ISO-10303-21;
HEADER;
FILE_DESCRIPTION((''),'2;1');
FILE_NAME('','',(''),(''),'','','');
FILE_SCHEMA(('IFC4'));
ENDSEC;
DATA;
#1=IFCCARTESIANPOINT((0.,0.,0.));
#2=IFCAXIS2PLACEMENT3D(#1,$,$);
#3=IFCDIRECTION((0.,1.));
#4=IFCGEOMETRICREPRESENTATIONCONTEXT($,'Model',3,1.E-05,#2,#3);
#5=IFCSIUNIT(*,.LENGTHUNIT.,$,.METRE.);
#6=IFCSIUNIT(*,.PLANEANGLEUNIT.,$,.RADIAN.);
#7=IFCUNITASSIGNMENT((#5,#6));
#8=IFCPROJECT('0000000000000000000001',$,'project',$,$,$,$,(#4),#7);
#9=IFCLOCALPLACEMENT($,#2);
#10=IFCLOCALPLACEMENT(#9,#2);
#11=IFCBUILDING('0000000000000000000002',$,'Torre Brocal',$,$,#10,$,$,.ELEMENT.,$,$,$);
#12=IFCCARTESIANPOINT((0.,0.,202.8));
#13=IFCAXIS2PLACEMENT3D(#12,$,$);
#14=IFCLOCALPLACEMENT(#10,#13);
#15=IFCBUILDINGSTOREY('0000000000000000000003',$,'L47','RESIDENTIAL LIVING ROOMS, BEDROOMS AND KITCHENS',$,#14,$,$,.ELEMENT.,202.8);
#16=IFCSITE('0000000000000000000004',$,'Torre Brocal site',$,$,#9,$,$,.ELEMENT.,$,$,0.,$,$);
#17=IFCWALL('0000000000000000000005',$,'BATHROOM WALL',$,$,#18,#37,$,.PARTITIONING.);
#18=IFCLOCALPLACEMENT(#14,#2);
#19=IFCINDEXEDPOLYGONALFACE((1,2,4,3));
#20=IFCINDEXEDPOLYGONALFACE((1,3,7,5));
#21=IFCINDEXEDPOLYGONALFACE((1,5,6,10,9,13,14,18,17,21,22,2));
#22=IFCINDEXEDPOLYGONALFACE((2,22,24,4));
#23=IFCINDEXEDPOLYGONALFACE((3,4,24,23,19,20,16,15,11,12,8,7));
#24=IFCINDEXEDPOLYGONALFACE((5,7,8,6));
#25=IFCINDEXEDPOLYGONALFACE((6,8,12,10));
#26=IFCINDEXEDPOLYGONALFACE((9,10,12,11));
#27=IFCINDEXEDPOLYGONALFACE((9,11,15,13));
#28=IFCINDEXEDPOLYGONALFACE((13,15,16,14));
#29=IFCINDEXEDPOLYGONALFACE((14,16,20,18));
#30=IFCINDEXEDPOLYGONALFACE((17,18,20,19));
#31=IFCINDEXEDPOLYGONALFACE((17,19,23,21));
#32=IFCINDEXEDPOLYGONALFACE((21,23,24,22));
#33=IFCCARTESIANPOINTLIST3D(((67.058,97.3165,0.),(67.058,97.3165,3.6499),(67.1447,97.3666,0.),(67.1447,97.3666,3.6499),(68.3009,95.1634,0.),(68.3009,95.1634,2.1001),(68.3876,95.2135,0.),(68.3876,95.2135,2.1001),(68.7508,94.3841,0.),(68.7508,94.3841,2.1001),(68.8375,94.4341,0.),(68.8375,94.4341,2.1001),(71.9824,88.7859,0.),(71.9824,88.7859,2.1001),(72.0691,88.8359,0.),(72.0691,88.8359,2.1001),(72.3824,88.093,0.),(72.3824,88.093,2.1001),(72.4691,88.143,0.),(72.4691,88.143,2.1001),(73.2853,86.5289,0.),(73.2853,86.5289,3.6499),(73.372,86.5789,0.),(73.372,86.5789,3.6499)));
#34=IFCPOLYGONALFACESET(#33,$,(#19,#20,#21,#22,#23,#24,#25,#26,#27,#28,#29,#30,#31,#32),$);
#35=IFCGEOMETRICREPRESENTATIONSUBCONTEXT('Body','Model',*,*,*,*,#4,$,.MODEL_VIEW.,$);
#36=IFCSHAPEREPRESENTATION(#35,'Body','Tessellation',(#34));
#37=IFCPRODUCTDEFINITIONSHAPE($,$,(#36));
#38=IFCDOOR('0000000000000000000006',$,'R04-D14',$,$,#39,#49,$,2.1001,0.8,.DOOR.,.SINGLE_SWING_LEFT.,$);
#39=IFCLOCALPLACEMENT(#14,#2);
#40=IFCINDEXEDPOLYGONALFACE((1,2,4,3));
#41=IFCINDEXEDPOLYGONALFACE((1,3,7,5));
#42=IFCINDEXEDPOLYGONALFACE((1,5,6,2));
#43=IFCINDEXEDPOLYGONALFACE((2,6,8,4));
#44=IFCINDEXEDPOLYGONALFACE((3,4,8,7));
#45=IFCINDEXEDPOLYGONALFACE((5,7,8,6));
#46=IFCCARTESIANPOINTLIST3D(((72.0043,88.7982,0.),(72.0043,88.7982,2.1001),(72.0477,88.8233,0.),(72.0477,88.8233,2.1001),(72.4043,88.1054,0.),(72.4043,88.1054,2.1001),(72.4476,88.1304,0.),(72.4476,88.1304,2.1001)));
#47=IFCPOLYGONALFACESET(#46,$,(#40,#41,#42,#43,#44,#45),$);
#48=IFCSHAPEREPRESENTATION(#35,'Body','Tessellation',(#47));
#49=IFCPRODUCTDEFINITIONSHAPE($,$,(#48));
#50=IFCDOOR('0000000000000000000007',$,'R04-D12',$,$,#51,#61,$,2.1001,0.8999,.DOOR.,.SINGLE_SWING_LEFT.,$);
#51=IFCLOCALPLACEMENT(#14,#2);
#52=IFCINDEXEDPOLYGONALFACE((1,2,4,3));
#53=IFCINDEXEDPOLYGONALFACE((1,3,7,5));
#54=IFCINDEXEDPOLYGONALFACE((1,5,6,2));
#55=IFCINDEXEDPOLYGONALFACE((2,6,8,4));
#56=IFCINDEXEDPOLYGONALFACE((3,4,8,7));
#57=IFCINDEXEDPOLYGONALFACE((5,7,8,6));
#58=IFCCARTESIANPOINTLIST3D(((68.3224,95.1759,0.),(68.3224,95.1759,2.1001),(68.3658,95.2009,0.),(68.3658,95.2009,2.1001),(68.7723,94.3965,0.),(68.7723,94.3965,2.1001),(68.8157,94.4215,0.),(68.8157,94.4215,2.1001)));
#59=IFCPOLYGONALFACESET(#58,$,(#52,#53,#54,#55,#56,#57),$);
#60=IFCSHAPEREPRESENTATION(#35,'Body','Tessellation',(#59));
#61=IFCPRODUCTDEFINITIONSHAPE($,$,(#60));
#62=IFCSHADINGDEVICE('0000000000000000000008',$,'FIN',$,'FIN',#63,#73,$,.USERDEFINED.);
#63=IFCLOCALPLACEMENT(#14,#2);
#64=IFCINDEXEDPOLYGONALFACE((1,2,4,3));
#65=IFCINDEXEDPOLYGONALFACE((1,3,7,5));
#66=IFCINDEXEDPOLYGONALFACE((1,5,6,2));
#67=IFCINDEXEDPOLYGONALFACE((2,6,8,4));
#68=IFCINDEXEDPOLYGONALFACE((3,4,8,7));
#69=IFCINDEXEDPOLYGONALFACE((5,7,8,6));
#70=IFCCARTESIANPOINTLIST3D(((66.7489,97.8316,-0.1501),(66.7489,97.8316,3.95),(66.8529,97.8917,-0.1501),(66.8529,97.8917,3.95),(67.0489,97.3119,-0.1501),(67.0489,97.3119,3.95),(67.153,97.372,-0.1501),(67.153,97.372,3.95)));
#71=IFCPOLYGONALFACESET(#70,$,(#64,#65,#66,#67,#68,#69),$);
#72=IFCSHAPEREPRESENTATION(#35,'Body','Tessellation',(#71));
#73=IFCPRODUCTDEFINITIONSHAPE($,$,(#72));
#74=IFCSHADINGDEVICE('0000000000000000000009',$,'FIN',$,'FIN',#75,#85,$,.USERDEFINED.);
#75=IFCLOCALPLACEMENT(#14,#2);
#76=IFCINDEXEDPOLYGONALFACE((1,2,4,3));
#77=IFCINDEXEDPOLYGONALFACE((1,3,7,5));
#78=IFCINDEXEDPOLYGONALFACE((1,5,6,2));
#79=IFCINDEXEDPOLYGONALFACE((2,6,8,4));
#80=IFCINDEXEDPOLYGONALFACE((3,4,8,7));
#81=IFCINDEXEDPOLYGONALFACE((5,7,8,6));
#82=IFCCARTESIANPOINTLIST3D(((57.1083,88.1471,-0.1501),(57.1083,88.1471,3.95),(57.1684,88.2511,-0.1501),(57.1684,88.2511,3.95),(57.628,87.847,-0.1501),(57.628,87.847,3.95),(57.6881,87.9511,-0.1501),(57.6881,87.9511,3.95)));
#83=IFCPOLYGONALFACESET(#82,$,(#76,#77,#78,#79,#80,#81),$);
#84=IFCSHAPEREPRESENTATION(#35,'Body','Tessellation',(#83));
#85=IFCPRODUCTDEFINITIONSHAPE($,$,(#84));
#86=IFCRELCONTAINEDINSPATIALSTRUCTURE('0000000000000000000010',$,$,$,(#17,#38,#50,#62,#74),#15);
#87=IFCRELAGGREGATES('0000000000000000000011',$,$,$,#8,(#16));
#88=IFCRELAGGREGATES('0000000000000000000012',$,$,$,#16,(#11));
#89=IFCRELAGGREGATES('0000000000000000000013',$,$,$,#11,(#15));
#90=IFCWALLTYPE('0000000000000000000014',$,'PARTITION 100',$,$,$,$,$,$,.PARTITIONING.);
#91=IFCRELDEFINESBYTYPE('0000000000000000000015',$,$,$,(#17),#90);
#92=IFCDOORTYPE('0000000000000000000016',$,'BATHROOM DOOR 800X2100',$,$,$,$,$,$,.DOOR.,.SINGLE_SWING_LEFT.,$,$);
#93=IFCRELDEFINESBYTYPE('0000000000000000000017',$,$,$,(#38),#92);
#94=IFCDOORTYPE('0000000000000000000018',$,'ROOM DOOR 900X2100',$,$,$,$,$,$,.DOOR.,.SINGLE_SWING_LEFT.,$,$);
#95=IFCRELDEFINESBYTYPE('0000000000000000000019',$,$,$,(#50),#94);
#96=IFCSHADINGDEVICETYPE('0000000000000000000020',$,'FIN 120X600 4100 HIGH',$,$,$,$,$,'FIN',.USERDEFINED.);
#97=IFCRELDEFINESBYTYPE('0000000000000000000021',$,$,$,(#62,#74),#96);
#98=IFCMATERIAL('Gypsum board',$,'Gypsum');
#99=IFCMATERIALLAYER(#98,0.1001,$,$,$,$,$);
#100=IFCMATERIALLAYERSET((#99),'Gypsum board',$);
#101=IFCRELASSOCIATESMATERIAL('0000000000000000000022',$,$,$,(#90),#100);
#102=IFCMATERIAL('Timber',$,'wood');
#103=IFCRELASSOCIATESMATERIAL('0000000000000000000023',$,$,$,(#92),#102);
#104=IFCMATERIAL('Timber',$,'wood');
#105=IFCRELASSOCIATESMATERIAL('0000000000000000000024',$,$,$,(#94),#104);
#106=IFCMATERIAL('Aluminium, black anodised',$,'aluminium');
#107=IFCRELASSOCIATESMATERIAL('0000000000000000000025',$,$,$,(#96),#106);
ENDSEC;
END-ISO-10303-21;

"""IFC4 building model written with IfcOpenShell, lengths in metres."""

from ifc_helpers import new_model, si_unit, direction, frame, frame_2d, origin, origin_2d, place, context, subcontext, project, spatial, rectangle, extrude, material, layer, layer_set, material_profile, profile_set, type_object, element, fill, save


model = new_model("IFC4")

# Units and contexts
model_context = context("Model", 3, precision=1e-05, world=origin(), true_north=direction((0.0, 1.0)))
body_context = subcontext(model_context, "Body", "Model", "MODEL_VIEW")
ifc_project = project(units=[si_unit("LENGTHUNIT", "METRE"), si_unit("PLANEANGLEUNIT", "RADIAN")], contexts=[model_context])

# Site, building, storey
site_placement = place(None, origin())
site = spatial("IfcSite", under=ifc_project, at=site_placement, Name="Torre Brocal site", CompositionType="ELEMENT", RefElevation=0.0)
building_placement = place(site_placement, origin())
building = spatial("IfcBuilding", under=site, at=building_placement, Name="Torre Brocal", CompositionType="ELEMENT")
storey_placement = place(building_placement, frame((0.0, 0.0, 202.8)))
storey = spatial("IfcBuildingStorey", under=building, at=storey_placement, Name="L47", Description="RESIDENTIAL LIVING ROOMS, BEDROOMS AND KITCHENS", CompositionType="ELEMENT", Elevation=202.8)

# Shared definitions
ifc_material_1 = material(Name="Gypsum board", Category="Gypsum")
ifc_layer_1 = layer(ifc_material_1, 0.1001)
ifc_layer_set_1 = layer_set([ifc_layer_1], Name="Gypsum board")
wall_type_1 = type_object("IfcWallType", Name="PARTITION 100", PredefinedType="PARTITIONING", material=ifc_layer_set_1)
ifc_material_2 = material(Name="Timber", Category="wood")
door_type_1 = type_object("IfcDoorType", Name="BATHROOM DOOR 800X2100", OperationType="SINGLE_SWING_LEFT", PredefinedType="DOOR", material=ifc_material_2)

# Shared definitions
ifc_material_3 = material(Name="Timber", Category="wood")
door_type_2 = type_object("IfcDoorType", Name="ROOM DOOR 900X2100", OperationType="SINGLE_SWING_LEFT", PredefinedType="DOOR", material=ifc_material_3)

# Wall, openings, doors
wall_1_placement = place(storey_placement, frame((67.1013, 97.3416, 0.0), z_axis=(0.0, 0.0, 1.0), x_axis=(0.499944, -0.866058, 0.0)))
wall_1 = element("IfcWall", 1, at=wall_1_placement, inside=storey, type_object=wall_type_1, Name="BATHROOM WALL", PredefinedType="PARTITIONING", context=body_context, shape_type="SweptSolid", body=[
    extrude(rectangle(XDim=12.4561, YDim=0.1001, at=frame_2d((6.228, 0.0))), origin(), (0.0, 0.0, 1.0), 3.6499),
])
opening_1_placement = place(wall_1_placement, frame((2.4861, 0.0, 0.0)))
opening_1 = element("IfcOpeningElement", 2, at=opening_1_placement, cuts=wall_1, PredefinedType="OPENING", context=body_context, shape_type="SweptSolid", body=[
    extrude(rectangle(XDim=0.8999, YDim=2.1001, at=frame_2d((0.45, 1.05))), frame((0.0, 0.0601, 0.0), z_axis=(0.0, -1.0, 0.0), x_axis=(1.0, 0.0, 0.0)), (0.0, 0.0, 1.0), 0.1201),
])
opening_2_placement = place(wall_1_placement, frame((9.8501, 0.0, 0.0)))
opening_2 = element("IfcOpeningElement", 3, at=opening_2_placement, cuts=wall_1, PredefinedType="OPENING", context=body_context, shape_type="SweptSolid", body=[
    extrude(rectangle(XDim=0.8, YDim=2.1001, at=frame_2d((0.3999, 1.05))), frame((0.0, 0.0601, 0.0), z_axis=(0.0, -1.0, 0.0), x_axis=(1.0, 0.0, 0.0)), (0.0, 0.0, 1.0), 0.1201),
])
door_1_placement = place(opening_2_placement, frame((0.8, 0.0, 0.0), z_axis=(0.0, 0.0, 1.0), x_axis=(-1.0, 0.0, 0.0)))
door_1 = element("IfcDoor", 4, at=door_1_placement, inside=storey, type_object=door_type_1, Name="R04-D14", OperationType="SINGLE_SWING_LEFT", OverallHeight=2.1001, OverallWidth=0.8, PredefinedType="DOOR", context=body_context, shape_type="SweptSolid", body=[
    extrude(rectangle(XDim=0.8, YDim=2.1001, at=frame_2d((0.3999, 1.05))), frame((0.0, 0.0249, 0.0), z_axis=(0.0, -1.0, 0.0), x_axis=(1.0, 0.0, 0.0)), (0.0, 0.0, 1.0), 0.05),
])
fill(opening_2, door_1)
door_2_placement = place(opening_1_placement, origin())
door_2 = element("IfcDoor", 5, at=door_2_placement, inside=storey, type_object=door_type_2, Name="R04-D12", OperationType="SINGLE_SWING_LEFT", OverallHeight=2.1001, OverallWidth=0.8999, PredefinedType="DOOR", context=body_context, shape_type="SweptSolid", body=[
    extrude(rectangle(XDim=0.8999, YDim=2.1001, at=frame_2d((0.45, 1.05))), frame((0.0, 0.0249, 0.0), z_axis=(0.0, -1.0, 0.0), x_axis=(1.0, 0.0, 0.0)), (0.0, 0.0, 1.0), 0.05),
])
fill(opening_1, door_2)

# Shading devices
ifc_material_4 = material(Name="Aluminium, black anodised", Category="aluminium")
ifc_material_profile_1 = material_profile(ifc_material_4, rectangle(XDim=0.1201, YDim=0.6001, at=origin_2d()), Name="FIN 120X600 4100 HIGH")
ifc_profile_set_1 = profile_set([ifc_material_profile_1], Name="Aluminium, black anodised")
shading_device_type = type_object("IfcShadingDeviceType", Name="FIN 120X600 4100 HIGH", ElementType="FIN", PredefinedType="USERDEFINED", material=ifc_profile_set_1)
for number, where, z_axis, x_axis, name in (
    (6, (66.9509, 97.6018, -0.1501), (0.0, 0.0, 1.0), (-0.866025, -0.5, 0.0), "FIN"),
    (7, (57.3982, 88.0491, -0.1501), (0.0, 0.0, 1.0), (-0.5, -0.866025, 0.0), "FIN"),
):
    element("IfcShadingDevice", number, at=place(storey_placement, frame(where, z_axis=z_axis, x_axis=x_axis)), inside=storey, type_object=shading_device_type, Name=name, ObjectType="FIN", PredefinedType="USERDEFINED", context=body_context, shape_type="SweptSolid", body=[
        extrude(rectangle(XDim=0.1201, YDim=0.6001, at=origin_2d()), origin(), (0.0, 0.0, 1.0), 4.1001),
    ])

save(model, "model.ifc")
